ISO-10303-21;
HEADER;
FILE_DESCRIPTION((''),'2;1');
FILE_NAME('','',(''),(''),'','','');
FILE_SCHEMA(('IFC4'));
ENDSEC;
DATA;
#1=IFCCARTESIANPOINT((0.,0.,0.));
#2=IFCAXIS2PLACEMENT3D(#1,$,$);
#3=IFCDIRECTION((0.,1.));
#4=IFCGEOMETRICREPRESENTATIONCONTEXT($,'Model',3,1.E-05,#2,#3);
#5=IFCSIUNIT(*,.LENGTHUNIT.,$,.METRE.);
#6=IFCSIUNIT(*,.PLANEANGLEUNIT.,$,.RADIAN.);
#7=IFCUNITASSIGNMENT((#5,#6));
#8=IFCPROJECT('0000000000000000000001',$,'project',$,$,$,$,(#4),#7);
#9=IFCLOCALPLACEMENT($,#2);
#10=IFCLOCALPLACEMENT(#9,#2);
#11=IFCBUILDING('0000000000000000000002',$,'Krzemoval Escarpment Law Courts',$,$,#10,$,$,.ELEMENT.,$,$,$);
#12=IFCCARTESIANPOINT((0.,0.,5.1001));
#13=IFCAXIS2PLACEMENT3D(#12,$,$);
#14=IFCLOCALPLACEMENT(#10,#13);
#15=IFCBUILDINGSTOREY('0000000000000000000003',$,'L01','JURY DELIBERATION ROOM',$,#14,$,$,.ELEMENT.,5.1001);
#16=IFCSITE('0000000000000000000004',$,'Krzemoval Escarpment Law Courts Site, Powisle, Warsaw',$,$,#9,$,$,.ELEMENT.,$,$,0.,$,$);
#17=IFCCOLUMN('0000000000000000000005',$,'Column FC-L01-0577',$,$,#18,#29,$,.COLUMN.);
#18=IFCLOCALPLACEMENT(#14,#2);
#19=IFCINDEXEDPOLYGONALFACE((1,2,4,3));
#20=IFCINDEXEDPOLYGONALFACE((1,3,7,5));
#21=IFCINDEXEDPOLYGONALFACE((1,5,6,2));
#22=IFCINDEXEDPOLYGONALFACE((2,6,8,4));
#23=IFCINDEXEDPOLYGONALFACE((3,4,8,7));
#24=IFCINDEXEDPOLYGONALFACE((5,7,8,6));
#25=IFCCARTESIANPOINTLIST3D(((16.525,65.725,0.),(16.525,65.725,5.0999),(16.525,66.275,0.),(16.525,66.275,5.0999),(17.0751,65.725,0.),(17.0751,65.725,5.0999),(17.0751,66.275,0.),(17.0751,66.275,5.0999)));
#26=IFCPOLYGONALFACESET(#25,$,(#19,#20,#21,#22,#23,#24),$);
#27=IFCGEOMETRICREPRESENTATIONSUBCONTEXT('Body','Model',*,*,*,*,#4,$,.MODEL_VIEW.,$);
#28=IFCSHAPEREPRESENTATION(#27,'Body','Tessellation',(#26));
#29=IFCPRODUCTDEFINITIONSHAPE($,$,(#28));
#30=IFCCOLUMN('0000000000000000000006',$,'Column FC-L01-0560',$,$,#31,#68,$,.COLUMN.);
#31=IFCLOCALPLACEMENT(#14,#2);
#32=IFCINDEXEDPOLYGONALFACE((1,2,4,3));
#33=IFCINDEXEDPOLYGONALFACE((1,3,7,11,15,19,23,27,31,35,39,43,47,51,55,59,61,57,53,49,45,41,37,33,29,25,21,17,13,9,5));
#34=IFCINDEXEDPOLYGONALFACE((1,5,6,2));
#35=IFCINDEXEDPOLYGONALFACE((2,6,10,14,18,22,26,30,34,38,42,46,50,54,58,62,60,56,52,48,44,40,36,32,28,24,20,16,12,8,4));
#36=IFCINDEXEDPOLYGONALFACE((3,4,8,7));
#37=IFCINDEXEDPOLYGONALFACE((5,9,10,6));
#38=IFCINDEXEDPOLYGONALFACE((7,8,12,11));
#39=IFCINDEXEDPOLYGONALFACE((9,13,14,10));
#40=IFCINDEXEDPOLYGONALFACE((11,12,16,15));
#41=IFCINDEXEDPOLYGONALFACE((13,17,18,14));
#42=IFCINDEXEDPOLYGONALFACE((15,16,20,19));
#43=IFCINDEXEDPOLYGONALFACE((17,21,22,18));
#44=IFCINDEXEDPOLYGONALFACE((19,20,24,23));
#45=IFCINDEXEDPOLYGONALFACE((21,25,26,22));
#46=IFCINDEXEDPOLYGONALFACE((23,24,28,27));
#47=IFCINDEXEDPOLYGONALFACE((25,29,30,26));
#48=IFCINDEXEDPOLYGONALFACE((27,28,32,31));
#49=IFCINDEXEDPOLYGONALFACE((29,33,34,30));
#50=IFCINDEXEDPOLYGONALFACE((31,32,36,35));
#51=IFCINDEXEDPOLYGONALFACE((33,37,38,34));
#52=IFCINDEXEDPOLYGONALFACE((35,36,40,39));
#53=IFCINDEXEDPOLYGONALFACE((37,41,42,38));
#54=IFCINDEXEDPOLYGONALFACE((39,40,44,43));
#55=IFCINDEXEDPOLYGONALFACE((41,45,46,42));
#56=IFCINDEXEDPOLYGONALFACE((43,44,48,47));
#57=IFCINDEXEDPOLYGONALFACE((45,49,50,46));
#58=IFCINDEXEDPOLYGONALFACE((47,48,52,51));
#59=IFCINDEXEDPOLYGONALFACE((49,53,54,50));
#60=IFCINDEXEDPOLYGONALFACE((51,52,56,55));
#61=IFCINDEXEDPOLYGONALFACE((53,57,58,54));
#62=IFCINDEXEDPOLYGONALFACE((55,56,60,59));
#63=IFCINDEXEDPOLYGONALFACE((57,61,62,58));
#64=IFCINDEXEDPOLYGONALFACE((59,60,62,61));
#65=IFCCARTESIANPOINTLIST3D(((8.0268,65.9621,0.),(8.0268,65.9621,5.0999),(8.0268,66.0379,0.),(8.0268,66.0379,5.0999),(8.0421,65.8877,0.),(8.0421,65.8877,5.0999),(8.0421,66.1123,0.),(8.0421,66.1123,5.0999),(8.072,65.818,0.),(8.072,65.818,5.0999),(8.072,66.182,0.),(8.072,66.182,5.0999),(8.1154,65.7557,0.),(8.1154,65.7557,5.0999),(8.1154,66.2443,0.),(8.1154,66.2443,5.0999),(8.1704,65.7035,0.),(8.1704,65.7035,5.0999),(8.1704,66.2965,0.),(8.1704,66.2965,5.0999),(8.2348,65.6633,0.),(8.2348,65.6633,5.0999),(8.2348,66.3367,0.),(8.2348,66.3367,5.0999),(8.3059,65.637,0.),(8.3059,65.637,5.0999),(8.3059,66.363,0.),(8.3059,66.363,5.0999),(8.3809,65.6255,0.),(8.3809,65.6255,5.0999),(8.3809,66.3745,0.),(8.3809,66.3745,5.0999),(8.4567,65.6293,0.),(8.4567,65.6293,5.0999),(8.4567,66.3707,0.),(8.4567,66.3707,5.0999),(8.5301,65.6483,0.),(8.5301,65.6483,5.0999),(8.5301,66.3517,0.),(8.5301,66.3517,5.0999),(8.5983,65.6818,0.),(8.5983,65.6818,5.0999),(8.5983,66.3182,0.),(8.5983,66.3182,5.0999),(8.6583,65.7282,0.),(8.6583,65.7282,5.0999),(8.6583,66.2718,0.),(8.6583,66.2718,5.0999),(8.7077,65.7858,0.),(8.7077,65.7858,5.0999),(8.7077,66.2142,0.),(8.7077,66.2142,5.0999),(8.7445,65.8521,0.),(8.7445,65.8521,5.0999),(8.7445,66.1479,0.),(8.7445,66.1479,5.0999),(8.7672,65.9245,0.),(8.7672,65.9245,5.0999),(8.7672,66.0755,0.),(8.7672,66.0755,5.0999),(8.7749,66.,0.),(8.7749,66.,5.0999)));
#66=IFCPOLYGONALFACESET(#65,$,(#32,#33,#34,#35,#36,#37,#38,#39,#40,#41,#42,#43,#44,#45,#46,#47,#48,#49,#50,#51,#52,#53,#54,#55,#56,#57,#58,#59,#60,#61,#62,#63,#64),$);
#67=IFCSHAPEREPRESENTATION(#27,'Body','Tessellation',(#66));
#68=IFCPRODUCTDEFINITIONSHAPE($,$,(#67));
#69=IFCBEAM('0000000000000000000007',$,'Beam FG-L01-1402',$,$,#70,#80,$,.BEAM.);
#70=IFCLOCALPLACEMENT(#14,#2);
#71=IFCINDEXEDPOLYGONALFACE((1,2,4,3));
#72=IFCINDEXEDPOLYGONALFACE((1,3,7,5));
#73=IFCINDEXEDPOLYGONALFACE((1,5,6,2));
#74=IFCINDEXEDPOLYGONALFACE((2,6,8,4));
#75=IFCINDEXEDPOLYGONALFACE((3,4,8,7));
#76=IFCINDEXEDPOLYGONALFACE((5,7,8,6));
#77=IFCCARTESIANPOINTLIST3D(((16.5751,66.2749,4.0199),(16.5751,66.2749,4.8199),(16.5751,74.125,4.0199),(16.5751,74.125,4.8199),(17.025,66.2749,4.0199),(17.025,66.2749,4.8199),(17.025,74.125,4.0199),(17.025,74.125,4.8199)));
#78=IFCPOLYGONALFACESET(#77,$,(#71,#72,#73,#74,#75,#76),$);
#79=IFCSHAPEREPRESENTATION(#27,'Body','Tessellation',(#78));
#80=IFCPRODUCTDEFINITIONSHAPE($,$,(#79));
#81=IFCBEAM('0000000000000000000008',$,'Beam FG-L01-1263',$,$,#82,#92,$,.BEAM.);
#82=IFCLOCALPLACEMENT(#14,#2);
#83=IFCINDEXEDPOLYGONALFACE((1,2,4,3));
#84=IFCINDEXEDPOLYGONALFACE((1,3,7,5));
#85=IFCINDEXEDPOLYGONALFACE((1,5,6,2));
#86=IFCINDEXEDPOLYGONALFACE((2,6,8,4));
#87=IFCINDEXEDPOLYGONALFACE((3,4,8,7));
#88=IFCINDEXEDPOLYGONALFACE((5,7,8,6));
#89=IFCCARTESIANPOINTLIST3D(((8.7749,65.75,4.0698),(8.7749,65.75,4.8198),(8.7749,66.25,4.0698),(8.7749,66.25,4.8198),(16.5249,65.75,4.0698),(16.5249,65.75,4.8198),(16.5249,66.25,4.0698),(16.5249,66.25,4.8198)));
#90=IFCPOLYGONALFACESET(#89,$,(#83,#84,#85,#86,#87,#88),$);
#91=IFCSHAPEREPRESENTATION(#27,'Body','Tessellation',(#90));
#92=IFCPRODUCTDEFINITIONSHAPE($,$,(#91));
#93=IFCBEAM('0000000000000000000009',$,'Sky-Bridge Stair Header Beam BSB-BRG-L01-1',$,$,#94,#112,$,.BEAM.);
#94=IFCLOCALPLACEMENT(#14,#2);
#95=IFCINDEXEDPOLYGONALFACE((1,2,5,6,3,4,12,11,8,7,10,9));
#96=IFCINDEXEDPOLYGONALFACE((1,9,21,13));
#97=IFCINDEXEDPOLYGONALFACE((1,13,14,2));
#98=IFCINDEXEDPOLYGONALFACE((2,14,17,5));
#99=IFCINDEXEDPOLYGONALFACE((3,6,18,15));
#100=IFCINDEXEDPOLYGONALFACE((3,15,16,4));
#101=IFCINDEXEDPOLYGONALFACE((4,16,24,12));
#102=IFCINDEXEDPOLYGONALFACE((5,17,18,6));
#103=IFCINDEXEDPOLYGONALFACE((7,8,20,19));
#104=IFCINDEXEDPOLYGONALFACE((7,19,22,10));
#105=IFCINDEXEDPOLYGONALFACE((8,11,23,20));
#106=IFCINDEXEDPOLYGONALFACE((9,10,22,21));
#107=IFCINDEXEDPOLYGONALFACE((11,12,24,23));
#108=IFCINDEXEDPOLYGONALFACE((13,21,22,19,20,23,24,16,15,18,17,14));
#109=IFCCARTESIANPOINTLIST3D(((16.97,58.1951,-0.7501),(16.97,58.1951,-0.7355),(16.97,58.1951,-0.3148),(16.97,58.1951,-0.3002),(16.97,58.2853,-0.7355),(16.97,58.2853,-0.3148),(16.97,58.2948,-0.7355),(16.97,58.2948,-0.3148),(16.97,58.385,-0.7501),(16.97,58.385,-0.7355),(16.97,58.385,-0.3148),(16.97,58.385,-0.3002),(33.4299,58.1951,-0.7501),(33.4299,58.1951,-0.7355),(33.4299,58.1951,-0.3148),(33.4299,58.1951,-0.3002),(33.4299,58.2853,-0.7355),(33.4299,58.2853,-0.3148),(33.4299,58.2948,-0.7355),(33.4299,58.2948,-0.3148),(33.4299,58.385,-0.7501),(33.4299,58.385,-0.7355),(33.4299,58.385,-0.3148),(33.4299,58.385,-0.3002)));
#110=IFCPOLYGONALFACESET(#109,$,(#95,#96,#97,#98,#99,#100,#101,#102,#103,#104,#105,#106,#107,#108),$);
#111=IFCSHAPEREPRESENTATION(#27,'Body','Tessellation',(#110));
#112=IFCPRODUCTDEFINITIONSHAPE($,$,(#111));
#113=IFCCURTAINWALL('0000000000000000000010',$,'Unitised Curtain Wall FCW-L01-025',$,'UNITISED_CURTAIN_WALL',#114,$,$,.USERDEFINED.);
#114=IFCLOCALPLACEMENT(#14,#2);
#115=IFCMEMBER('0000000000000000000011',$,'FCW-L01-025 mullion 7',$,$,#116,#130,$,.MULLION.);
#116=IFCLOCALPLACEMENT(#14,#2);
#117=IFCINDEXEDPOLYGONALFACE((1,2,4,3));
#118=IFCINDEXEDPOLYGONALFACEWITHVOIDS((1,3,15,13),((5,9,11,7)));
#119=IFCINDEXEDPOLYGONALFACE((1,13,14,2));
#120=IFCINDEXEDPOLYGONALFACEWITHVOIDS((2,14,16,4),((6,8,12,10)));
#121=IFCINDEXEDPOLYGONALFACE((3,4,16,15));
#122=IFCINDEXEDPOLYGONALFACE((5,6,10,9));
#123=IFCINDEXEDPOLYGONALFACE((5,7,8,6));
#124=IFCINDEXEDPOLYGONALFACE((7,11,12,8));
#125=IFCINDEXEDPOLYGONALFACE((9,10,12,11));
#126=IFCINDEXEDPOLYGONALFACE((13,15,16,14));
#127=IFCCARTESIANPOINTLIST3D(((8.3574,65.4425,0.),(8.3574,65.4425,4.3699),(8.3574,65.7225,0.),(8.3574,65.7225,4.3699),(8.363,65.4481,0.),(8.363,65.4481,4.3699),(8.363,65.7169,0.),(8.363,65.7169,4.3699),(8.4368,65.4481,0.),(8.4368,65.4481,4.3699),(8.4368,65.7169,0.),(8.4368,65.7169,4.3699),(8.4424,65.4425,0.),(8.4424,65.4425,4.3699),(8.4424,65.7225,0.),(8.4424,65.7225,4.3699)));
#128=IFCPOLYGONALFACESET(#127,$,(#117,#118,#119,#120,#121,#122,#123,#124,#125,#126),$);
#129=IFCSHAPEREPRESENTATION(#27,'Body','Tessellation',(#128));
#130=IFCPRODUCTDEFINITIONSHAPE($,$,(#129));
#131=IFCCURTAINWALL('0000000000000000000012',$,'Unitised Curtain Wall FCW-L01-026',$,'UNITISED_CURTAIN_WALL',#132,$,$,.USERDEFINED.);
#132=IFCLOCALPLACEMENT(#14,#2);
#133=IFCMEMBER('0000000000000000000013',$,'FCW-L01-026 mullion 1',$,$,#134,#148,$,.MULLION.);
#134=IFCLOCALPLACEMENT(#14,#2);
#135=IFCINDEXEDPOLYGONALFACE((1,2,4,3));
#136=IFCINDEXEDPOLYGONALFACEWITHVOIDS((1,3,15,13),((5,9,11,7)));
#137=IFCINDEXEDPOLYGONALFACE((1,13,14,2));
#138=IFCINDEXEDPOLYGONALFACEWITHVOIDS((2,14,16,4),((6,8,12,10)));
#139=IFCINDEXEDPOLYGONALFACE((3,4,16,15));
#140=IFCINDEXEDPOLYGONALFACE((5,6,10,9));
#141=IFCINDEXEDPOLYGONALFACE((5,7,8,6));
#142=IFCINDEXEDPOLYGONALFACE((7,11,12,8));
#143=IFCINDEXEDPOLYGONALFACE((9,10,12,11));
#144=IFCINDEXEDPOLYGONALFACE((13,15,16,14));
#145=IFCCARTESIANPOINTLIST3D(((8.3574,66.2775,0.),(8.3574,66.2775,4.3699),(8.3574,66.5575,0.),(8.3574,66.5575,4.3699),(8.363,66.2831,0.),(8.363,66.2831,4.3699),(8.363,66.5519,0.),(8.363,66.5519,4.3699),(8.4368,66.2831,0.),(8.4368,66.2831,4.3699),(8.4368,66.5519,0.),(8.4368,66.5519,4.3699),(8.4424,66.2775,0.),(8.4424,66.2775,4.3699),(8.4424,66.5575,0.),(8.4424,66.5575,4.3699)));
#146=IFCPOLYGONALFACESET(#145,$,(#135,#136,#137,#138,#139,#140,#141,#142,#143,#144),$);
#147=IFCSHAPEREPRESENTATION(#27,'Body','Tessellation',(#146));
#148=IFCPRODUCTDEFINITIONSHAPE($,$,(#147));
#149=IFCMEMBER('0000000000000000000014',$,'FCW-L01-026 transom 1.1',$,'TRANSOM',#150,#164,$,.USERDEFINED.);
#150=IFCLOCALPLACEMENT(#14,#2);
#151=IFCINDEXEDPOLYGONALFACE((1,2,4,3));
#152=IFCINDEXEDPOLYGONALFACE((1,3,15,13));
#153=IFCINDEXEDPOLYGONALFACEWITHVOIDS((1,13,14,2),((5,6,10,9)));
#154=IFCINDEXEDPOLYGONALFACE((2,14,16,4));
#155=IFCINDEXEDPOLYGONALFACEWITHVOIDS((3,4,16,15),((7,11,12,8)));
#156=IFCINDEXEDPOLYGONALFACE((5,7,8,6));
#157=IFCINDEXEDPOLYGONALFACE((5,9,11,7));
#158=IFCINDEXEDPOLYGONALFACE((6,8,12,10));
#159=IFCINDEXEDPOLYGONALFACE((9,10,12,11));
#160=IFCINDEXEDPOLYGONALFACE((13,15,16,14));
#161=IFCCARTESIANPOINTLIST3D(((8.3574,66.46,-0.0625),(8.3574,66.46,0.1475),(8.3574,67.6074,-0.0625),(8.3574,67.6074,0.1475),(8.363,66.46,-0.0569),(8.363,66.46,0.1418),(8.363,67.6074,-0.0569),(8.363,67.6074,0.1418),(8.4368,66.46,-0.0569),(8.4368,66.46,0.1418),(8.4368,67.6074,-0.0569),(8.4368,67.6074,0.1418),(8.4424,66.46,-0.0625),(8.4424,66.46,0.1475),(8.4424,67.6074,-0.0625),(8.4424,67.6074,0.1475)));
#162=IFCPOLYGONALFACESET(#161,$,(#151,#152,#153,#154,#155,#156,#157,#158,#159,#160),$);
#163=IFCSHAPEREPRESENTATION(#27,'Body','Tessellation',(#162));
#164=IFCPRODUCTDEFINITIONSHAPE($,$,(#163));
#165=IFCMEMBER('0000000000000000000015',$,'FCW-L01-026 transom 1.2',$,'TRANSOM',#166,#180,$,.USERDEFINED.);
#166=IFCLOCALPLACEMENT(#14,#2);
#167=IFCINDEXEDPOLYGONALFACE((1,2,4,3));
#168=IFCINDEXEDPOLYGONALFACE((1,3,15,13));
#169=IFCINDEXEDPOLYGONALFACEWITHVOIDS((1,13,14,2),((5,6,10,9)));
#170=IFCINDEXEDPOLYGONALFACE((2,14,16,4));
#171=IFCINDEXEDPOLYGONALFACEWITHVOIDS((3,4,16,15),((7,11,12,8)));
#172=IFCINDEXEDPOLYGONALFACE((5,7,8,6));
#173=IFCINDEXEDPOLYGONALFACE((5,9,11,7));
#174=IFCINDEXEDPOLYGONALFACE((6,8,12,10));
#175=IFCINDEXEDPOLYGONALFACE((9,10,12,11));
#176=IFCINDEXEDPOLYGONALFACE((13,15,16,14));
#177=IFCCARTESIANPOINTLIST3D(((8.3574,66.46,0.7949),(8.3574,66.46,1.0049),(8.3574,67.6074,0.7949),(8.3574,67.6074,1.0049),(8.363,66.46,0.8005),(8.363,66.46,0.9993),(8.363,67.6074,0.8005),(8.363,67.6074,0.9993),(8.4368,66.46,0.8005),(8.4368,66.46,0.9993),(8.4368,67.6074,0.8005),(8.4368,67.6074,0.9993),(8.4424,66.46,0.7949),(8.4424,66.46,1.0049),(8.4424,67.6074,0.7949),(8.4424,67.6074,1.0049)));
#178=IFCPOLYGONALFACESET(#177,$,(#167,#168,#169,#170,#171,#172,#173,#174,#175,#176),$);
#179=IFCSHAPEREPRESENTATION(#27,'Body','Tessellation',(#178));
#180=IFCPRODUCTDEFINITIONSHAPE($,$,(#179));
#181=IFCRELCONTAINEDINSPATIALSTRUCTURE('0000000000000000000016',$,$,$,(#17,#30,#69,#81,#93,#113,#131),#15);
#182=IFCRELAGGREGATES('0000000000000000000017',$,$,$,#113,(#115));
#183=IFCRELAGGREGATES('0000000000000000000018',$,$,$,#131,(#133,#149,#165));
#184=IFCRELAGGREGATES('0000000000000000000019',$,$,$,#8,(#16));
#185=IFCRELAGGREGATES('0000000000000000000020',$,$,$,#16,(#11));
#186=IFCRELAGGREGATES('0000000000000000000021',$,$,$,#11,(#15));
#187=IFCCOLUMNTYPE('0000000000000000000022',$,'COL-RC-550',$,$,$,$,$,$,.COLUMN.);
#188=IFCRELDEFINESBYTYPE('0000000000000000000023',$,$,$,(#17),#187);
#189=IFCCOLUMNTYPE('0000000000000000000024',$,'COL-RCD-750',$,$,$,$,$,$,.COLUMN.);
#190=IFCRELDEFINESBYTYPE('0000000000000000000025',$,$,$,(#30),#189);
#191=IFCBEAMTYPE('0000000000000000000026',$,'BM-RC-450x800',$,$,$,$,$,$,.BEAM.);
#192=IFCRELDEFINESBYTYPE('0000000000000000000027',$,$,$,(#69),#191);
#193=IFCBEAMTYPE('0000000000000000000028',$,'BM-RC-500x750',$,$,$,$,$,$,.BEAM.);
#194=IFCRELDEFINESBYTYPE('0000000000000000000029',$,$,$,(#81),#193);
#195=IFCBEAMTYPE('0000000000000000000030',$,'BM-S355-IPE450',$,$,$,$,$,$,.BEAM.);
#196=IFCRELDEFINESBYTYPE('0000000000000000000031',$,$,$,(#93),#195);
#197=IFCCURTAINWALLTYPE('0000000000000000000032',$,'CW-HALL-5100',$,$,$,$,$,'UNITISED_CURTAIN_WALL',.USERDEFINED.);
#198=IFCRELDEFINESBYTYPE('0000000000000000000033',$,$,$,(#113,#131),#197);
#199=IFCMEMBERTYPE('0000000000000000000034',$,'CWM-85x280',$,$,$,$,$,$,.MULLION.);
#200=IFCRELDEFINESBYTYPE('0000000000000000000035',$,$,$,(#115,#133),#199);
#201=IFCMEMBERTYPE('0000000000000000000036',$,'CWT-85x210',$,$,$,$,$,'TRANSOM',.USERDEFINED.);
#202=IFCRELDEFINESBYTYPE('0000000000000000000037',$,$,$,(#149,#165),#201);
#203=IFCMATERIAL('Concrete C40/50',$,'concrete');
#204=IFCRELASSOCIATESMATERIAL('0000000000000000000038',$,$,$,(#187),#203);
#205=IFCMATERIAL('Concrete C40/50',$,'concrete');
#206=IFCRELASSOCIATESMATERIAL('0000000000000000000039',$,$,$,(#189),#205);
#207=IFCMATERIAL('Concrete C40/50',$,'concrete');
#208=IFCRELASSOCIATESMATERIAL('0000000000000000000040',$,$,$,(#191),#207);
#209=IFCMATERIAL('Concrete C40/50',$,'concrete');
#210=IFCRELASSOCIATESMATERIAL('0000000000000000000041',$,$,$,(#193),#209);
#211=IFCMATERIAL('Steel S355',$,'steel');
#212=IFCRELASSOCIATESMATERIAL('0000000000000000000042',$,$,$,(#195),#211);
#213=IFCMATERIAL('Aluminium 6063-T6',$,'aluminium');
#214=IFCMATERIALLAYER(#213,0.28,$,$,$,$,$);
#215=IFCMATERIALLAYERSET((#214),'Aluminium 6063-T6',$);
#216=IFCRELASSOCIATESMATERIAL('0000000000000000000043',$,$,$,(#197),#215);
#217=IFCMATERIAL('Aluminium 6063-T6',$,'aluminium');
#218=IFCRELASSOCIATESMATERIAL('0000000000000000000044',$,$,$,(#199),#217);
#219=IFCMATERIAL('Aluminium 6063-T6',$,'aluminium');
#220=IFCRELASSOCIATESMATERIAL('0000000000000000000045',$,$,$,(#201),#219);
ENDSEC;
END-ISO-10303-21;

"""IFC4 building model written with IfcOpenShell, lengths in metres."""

from ifc_helpers import new_model, si_unit, direction, frame, origin, origin_2d, place, context, subcontext, project, spatial, rectangle, hollow_rectangle, circle, i_section, extrude, material, layer, layer_set, material_profile, profile_set, type_object, element, aggregate, save


model = new_model("IFC4")

# Units and contexts
model_context = context("Model", 3, precision=1e-05, world=origin(), true_north=direction((0.0, 1.0)))
body_context = subcontext(model_context, "Body", "Model", "MODEL_VIEW")
ifc_project = project(units=[si_unit("LENGTHUNIT", "METRE"), si_unit("PLANEANGLEUNIT", "RADIAN")], contexts=[model_context])

# Site, building, storey
site_placement = place(None, origin())
site = spatial("IfcSite", under=ifc_project, at=site_placement, Name="Krzemoval Escarpment Law Courts Site, Powisle, Warsaw", CompositionType="ELEMENT", RefElevation=0.0)
building_placement = place(site_placement, origin())
building = spatial("IfcBuilding", under=site, at=building_placement, Name="Krzemoval Escarpment Law Courts", CompositionType="ELEMENT")
storey_placement = place(building_placement, frame((0.0, 0.0, 5.1001)))
storey = spatial("IfcBuildingStorey", under=building, at=storey_placement, Name="L01", Description="JURY DELIBERATION ROOM", CompositionType="ELEMENT", Elevation=5.1001)

# Columns
ifc_material_1 = material(Name="Concrete C40/50", Category="concrete")
ifc_material_profile_1 = material_profile(ifc_material_1, rectangle(XDim=0.55, YDim=0.55, at=origin_2d()), Name="RC 550x550")
ifc_profile_set_1 = profile_set([ifc_material_profile_1], Name="Concrete C40/50")
column_type_1 = type_object("IfcColumnType", Name="COL-RC-550", PredefinedType="COLUMN", material=ifc_profile_set_1)
column_1_placement = place(storey_placement, frame((16.8, 66.0, 0.0), z_axis=(0.0, 0.0, 1.0), x_axis=(1.0, 0.0, 0.0)))
element("IfcColumn", 1, at=column_1_placement, inside=storey, type_object=column_type_1, Name="Column FC-L01-0577", PredefinedType="COLUMN", context=body_context, shape_type="SweptSolid", body=[
    extrude(rectangle(XDim=0.55, YDim=0.55, at=origin_2d()), origin(), (0.0, 0.0, 1.0), 5.0999),
])
ifc_material_2 = material(Name="Concrete C40/50", Category="concrete")
ifc_material_profile_2 = material_profile(ifc_material_2, circle(Radius=0.375, at=origin_2d()), Name="RC D750")
ifc_profile_set_2 = profile_set([ifc_material_profile_2], Name="Concrete C40/50")
column_type_2 = type_object("IfcColumnType", Name="COL-RCD-750", PredefinedType="COLUMN", material=ifc_profile_set_2)
column_2_placement = place(storey_placement, frame((8.3999, 66.0, 0.0), z_axis=(0.0, 0.0, 1.0), x_axis=(1.0, 0.0, 0.0)))
element("IfcColumn", 2, at=column_2_placement, inside=storey, type_object=column_type_2, Name="Column FC-L01-0560", PredefinedType="COLUMN", context=body_context, shape_type="SweptSolid", body=[
    extrude(circle(Radius=0.375, at=origin_2d()), origin(), (0.0, 0.0, 1.0), 5.0999),
])

# Beams
ifc_material_3 = material(Name="Concrete C40/50", Category="concrete")
ifc_material_profile_3 = material_profile(ifc_material_3, rectangle(XDim=0.45, YDim=0.8, at=origin_2d()), Name="RCB 450x800")
ifc_profile_set_3 = profile_set([ifc_material_profile_3], Name="Concrete C40/50")
beam_type_1 = type_object("IfcBeamType", Name="BM-RC-450x800", PredefinedType="BEAM", material=ifc_profile_set_3)
beam_1_placement = place(storey_placement, frame((16.8, 66.2749, 4.4199), z_axis=(0.0, 1.0, 0.0), x_axis=(-1.0, 0.0, 0.0)))
element("IfcBeam", 3, at=beam_1_placement, inside=storey, type_object=beam_type_1, Name="Beam FG-L01-1402", PredefinedType="BEAM", context=body_context, shape_type="SweptSolid", body=[
    extrude(rectangle(XDim=0.45, YDim=0.8, at=origin_2d()), origin(), (0.0, 0.0, 1.0), 7.8501),
])
ifc_material_4 = material(Name="Concrete C40/50", Category="concrete")
ifc_material_profile_4 = material_profile(ifc_material_4, rectangle(XDim=0.5, YDim=0.75, at=origin_2d()), Name="RCB 500x750")
ifc_profile_set_4 = profile_set([ifc_material_profile_4], Name="Concrete C40/50")
beam_type_2 = type_object("IfcBeamType", Name="BM-RC-500x750", PredefinedType="BEAM", material=ifc_profile_set_4)
beam_2_placement = place(storey_placement, frame((8.7749, 66.0, 4.4448), z_axis=(1.0, 0.0, 0.0), x_axis=(0.0, 1.0, 0.0)))
element("IfcBeam", 4, at=beam_2_placement, inside=storey, type_object=beam_type_2, Name="Beam FG-L01-1263", PredefinedType="BEAM", context=body_context, shape_type="SweptSolid", body=[
    extrude(rectangle(XDim=0.5, YDim=0.75, at=origin_2d()), origin(), (0.0, 0.0, 1.0), 7.75),
])
ifc_material_5 = material(Name="Steel S355", Category="steel")
ifc_material_profile_5 = material_profile(ifc_material_5, i_section(OverallWidth=0.1899, OverallDepth=0.45, WebThickness=0.0095, FlangeThickness=0.0146, at=origin_2d()), Name="IPE 450")
ifc_profile_set_5 = profile_set([ifc_material_profile_5], Name="Steel S355")
beam_type_3 = type_object("IfcBeamType", Name="BM-S355-IPE450", PredefinedType="BEAM", material=ifc_profile_set_5)
beam_3_placement = place(storey_placement, frame((16.97, 58.29, -0.5251), z_axis=(1.0, 0.0, 0.0), x_axis=(0.0, 1.0, 0.0)))
element("IfcBeam", 5, at=beam_3_placement, inside=storey, type_object=beam_type_3, Name="Sky-Bridge Stair Header Beam BSB-BRG-L01-1", PredefinedType="BEAM", context=body_context, shape_type="SweptSolid", body=[
    extrude(i_section(OverallWidth=0.1899, OverallDepth=0.45, WebThickness=0.0095, FlangeThickness=0.0146, at=origin_2d()), origin(), (0.0, 0.0, 1.0), 16.46),
])

# Curtain wall, member
ifc_material_6 = material(Name="Aluminium 6063-T6", Category="aluminium")
ifc_layer_1 = layer(ifc_material_6, 0.28)
ifc_layer_set_1 = layer_set([ifc_layer_1], Name="Aluminium 6063-T6")
curtain_wall_type = type_object("IfcCurtainWallType", Name="CW-HALL-5100", ElementType="UNITISED_CURTAIN_WALL", PredefinedType="USERDEFINED", material=ifc_layer_set_1)
curtain_wall_1_placement = place(storey_placement, origin())
curtain_wall_1 = element("IfcCurtainWall", 6, at=curtain_wall_1_placement, inside=storey, type_object=curtain_wall_type, Name="Unitised Curtain Wall FCW-L01-025", ObjectType="UNITISED_CURTAIN_WALL", PredefinedType="USERDEFINED")
ifc_material_7 = material(Name="Aluminium 6063-T6", Category="aluminium")
ifc_material_profile_6 = material_profile(ifc_material_7, hollow_rectangle(XDim=0.085, YDim=0.28, WallThickness=0.0056, at=origin_2d()), Name="ALU M85x280")
ifc_profile_set_6 = profile_set([ifc_material_profile_6], Name="Aluminium 6063-T6")
member_type_1 = type_object("IfcMemberType", Name="CWM-85x280", PredefinedType="MULLION", material=ifc_profile_set_6)
member_1_placement = place(storey_placement, frame((8.3999, 65.5825, 0.0), z_axis=(0.0, 0.0, 1.0), x_axis=(-1.0, 0.0, 0.0)))
member_1 = element("IfcMember", 7, at=member_1_placement, type_object=member_type_1, Name="FCW-L01-025 mullion 7", PredefinedType="MULLION", context=body_context, shape_type="SweptSolid", body=[
    extrude(hollow_rectangle(XDim=0.085, YDim=0.28, WallThickness=0.0056, at=origin_2d()), origin(), (0.0, 0.0, 1.0), 4.3699),
])

# Curtain wall, members
curtain_wall_2_placement = place(storey_placement, origin())
curtain_wall_2 = element("IfcCurtainWall", 8, at=curtain_wall_2_placement, inside=storey, type_object=curtain_wall_type, Name="Unitised Curtain Wall FCW-L01-026", ObjectType="UNITISED_CURTAIN_WALL", PredefinedType="USERDEFINED")
member_2_placement = place(storey_placement, frame((8.3999, 66.4175, 0.0), z_axis=(0.0, 0.0, 1.0), x_axis=(-1.0, 0.0, 0.0)))
member_2 = element("IfcMember", 9, at=member_2_placement, type_object=member_type_1, Name="FCW-L01-026 mullion 1", PredefinedType="MULLION", context=body_context, shape_type="SweptSolid", body=[
    extrude(hollow_rectangle(XDim=0.085, YDim=0.28, WallThickness=0.0056, at=origin_2d()), origin(), (0.0, 0.0, 1.0), 4.3699),
])
ifc_material_8 = material(Name="Aluminium 6063-T6", Category="aluminium")
ifc_material_profile_7 = material_profile(ifc_material_8, hollow_rectangle(XDim=0.085, YDim=0.21, WallThickness=0.0056, at=origin_2d()), Name="ALU T85x210")
ifc_profile_set_7 = profile_set([ifc_material_profile_7], Name="Aluminium 6063-T6")
member_type_2 = type_object("IfcMemberType", Name="CWT-85x210", ElementType="TRANSOM", PredefinedType="USERDEFINED", material=ifc_profile_set_7)
member_3_placement = place(storey_placement, frame((8.3999, 66.46, 0.0425), z_axis=(0.0, 1.0, 0.0), x_axis=(-1.0, 0.0, 0.0)))
member_3 = element("IfcMember", 10, at=member_3_placement, type_object=member_type_2, Name="FCW-L01-026 transom 1.1", ObjectType="TRANSOM", PredefinedType="USERDEFINED", context=body_context, shape_type="SweptSolid", body=[
    extrude(hollow_rectangle(XDim=0.085, YDim=0.21, WallThickness=0.0056, at=origin_2d()), origin(), (0.0, 0.0, 1.0), 1.1475),
])
member_4_placement = place(storey_placement, frame((8.3999, 66.46, 0.8999), z_axis=(0.0, 1.0, 0.0), x_axis=(-1.0, 0.0, 0.0)))
member_4 = element("IfcMember", 11, at=member_4_placement, type_object=member_type_2, Name="FCW-L01-026 transom 1.2", ObjectType="TRANSOM", PredefinedType="USERDEFINED", context=body_context, shape_type="SweptSolid", body=[
    extrude(hollow_rectangle(XDim=0.085, YDim=0.21, WallThickness=0.0056, at=origin_2d()), origin(), (0.0, 0.0, 1.0), 1.1475),
])

aggregate(curtain_wall_1, [member_1])
aggregate(curtain_wall_2, [member_2, member_3, member_4])

save(model, "model.ifc")
